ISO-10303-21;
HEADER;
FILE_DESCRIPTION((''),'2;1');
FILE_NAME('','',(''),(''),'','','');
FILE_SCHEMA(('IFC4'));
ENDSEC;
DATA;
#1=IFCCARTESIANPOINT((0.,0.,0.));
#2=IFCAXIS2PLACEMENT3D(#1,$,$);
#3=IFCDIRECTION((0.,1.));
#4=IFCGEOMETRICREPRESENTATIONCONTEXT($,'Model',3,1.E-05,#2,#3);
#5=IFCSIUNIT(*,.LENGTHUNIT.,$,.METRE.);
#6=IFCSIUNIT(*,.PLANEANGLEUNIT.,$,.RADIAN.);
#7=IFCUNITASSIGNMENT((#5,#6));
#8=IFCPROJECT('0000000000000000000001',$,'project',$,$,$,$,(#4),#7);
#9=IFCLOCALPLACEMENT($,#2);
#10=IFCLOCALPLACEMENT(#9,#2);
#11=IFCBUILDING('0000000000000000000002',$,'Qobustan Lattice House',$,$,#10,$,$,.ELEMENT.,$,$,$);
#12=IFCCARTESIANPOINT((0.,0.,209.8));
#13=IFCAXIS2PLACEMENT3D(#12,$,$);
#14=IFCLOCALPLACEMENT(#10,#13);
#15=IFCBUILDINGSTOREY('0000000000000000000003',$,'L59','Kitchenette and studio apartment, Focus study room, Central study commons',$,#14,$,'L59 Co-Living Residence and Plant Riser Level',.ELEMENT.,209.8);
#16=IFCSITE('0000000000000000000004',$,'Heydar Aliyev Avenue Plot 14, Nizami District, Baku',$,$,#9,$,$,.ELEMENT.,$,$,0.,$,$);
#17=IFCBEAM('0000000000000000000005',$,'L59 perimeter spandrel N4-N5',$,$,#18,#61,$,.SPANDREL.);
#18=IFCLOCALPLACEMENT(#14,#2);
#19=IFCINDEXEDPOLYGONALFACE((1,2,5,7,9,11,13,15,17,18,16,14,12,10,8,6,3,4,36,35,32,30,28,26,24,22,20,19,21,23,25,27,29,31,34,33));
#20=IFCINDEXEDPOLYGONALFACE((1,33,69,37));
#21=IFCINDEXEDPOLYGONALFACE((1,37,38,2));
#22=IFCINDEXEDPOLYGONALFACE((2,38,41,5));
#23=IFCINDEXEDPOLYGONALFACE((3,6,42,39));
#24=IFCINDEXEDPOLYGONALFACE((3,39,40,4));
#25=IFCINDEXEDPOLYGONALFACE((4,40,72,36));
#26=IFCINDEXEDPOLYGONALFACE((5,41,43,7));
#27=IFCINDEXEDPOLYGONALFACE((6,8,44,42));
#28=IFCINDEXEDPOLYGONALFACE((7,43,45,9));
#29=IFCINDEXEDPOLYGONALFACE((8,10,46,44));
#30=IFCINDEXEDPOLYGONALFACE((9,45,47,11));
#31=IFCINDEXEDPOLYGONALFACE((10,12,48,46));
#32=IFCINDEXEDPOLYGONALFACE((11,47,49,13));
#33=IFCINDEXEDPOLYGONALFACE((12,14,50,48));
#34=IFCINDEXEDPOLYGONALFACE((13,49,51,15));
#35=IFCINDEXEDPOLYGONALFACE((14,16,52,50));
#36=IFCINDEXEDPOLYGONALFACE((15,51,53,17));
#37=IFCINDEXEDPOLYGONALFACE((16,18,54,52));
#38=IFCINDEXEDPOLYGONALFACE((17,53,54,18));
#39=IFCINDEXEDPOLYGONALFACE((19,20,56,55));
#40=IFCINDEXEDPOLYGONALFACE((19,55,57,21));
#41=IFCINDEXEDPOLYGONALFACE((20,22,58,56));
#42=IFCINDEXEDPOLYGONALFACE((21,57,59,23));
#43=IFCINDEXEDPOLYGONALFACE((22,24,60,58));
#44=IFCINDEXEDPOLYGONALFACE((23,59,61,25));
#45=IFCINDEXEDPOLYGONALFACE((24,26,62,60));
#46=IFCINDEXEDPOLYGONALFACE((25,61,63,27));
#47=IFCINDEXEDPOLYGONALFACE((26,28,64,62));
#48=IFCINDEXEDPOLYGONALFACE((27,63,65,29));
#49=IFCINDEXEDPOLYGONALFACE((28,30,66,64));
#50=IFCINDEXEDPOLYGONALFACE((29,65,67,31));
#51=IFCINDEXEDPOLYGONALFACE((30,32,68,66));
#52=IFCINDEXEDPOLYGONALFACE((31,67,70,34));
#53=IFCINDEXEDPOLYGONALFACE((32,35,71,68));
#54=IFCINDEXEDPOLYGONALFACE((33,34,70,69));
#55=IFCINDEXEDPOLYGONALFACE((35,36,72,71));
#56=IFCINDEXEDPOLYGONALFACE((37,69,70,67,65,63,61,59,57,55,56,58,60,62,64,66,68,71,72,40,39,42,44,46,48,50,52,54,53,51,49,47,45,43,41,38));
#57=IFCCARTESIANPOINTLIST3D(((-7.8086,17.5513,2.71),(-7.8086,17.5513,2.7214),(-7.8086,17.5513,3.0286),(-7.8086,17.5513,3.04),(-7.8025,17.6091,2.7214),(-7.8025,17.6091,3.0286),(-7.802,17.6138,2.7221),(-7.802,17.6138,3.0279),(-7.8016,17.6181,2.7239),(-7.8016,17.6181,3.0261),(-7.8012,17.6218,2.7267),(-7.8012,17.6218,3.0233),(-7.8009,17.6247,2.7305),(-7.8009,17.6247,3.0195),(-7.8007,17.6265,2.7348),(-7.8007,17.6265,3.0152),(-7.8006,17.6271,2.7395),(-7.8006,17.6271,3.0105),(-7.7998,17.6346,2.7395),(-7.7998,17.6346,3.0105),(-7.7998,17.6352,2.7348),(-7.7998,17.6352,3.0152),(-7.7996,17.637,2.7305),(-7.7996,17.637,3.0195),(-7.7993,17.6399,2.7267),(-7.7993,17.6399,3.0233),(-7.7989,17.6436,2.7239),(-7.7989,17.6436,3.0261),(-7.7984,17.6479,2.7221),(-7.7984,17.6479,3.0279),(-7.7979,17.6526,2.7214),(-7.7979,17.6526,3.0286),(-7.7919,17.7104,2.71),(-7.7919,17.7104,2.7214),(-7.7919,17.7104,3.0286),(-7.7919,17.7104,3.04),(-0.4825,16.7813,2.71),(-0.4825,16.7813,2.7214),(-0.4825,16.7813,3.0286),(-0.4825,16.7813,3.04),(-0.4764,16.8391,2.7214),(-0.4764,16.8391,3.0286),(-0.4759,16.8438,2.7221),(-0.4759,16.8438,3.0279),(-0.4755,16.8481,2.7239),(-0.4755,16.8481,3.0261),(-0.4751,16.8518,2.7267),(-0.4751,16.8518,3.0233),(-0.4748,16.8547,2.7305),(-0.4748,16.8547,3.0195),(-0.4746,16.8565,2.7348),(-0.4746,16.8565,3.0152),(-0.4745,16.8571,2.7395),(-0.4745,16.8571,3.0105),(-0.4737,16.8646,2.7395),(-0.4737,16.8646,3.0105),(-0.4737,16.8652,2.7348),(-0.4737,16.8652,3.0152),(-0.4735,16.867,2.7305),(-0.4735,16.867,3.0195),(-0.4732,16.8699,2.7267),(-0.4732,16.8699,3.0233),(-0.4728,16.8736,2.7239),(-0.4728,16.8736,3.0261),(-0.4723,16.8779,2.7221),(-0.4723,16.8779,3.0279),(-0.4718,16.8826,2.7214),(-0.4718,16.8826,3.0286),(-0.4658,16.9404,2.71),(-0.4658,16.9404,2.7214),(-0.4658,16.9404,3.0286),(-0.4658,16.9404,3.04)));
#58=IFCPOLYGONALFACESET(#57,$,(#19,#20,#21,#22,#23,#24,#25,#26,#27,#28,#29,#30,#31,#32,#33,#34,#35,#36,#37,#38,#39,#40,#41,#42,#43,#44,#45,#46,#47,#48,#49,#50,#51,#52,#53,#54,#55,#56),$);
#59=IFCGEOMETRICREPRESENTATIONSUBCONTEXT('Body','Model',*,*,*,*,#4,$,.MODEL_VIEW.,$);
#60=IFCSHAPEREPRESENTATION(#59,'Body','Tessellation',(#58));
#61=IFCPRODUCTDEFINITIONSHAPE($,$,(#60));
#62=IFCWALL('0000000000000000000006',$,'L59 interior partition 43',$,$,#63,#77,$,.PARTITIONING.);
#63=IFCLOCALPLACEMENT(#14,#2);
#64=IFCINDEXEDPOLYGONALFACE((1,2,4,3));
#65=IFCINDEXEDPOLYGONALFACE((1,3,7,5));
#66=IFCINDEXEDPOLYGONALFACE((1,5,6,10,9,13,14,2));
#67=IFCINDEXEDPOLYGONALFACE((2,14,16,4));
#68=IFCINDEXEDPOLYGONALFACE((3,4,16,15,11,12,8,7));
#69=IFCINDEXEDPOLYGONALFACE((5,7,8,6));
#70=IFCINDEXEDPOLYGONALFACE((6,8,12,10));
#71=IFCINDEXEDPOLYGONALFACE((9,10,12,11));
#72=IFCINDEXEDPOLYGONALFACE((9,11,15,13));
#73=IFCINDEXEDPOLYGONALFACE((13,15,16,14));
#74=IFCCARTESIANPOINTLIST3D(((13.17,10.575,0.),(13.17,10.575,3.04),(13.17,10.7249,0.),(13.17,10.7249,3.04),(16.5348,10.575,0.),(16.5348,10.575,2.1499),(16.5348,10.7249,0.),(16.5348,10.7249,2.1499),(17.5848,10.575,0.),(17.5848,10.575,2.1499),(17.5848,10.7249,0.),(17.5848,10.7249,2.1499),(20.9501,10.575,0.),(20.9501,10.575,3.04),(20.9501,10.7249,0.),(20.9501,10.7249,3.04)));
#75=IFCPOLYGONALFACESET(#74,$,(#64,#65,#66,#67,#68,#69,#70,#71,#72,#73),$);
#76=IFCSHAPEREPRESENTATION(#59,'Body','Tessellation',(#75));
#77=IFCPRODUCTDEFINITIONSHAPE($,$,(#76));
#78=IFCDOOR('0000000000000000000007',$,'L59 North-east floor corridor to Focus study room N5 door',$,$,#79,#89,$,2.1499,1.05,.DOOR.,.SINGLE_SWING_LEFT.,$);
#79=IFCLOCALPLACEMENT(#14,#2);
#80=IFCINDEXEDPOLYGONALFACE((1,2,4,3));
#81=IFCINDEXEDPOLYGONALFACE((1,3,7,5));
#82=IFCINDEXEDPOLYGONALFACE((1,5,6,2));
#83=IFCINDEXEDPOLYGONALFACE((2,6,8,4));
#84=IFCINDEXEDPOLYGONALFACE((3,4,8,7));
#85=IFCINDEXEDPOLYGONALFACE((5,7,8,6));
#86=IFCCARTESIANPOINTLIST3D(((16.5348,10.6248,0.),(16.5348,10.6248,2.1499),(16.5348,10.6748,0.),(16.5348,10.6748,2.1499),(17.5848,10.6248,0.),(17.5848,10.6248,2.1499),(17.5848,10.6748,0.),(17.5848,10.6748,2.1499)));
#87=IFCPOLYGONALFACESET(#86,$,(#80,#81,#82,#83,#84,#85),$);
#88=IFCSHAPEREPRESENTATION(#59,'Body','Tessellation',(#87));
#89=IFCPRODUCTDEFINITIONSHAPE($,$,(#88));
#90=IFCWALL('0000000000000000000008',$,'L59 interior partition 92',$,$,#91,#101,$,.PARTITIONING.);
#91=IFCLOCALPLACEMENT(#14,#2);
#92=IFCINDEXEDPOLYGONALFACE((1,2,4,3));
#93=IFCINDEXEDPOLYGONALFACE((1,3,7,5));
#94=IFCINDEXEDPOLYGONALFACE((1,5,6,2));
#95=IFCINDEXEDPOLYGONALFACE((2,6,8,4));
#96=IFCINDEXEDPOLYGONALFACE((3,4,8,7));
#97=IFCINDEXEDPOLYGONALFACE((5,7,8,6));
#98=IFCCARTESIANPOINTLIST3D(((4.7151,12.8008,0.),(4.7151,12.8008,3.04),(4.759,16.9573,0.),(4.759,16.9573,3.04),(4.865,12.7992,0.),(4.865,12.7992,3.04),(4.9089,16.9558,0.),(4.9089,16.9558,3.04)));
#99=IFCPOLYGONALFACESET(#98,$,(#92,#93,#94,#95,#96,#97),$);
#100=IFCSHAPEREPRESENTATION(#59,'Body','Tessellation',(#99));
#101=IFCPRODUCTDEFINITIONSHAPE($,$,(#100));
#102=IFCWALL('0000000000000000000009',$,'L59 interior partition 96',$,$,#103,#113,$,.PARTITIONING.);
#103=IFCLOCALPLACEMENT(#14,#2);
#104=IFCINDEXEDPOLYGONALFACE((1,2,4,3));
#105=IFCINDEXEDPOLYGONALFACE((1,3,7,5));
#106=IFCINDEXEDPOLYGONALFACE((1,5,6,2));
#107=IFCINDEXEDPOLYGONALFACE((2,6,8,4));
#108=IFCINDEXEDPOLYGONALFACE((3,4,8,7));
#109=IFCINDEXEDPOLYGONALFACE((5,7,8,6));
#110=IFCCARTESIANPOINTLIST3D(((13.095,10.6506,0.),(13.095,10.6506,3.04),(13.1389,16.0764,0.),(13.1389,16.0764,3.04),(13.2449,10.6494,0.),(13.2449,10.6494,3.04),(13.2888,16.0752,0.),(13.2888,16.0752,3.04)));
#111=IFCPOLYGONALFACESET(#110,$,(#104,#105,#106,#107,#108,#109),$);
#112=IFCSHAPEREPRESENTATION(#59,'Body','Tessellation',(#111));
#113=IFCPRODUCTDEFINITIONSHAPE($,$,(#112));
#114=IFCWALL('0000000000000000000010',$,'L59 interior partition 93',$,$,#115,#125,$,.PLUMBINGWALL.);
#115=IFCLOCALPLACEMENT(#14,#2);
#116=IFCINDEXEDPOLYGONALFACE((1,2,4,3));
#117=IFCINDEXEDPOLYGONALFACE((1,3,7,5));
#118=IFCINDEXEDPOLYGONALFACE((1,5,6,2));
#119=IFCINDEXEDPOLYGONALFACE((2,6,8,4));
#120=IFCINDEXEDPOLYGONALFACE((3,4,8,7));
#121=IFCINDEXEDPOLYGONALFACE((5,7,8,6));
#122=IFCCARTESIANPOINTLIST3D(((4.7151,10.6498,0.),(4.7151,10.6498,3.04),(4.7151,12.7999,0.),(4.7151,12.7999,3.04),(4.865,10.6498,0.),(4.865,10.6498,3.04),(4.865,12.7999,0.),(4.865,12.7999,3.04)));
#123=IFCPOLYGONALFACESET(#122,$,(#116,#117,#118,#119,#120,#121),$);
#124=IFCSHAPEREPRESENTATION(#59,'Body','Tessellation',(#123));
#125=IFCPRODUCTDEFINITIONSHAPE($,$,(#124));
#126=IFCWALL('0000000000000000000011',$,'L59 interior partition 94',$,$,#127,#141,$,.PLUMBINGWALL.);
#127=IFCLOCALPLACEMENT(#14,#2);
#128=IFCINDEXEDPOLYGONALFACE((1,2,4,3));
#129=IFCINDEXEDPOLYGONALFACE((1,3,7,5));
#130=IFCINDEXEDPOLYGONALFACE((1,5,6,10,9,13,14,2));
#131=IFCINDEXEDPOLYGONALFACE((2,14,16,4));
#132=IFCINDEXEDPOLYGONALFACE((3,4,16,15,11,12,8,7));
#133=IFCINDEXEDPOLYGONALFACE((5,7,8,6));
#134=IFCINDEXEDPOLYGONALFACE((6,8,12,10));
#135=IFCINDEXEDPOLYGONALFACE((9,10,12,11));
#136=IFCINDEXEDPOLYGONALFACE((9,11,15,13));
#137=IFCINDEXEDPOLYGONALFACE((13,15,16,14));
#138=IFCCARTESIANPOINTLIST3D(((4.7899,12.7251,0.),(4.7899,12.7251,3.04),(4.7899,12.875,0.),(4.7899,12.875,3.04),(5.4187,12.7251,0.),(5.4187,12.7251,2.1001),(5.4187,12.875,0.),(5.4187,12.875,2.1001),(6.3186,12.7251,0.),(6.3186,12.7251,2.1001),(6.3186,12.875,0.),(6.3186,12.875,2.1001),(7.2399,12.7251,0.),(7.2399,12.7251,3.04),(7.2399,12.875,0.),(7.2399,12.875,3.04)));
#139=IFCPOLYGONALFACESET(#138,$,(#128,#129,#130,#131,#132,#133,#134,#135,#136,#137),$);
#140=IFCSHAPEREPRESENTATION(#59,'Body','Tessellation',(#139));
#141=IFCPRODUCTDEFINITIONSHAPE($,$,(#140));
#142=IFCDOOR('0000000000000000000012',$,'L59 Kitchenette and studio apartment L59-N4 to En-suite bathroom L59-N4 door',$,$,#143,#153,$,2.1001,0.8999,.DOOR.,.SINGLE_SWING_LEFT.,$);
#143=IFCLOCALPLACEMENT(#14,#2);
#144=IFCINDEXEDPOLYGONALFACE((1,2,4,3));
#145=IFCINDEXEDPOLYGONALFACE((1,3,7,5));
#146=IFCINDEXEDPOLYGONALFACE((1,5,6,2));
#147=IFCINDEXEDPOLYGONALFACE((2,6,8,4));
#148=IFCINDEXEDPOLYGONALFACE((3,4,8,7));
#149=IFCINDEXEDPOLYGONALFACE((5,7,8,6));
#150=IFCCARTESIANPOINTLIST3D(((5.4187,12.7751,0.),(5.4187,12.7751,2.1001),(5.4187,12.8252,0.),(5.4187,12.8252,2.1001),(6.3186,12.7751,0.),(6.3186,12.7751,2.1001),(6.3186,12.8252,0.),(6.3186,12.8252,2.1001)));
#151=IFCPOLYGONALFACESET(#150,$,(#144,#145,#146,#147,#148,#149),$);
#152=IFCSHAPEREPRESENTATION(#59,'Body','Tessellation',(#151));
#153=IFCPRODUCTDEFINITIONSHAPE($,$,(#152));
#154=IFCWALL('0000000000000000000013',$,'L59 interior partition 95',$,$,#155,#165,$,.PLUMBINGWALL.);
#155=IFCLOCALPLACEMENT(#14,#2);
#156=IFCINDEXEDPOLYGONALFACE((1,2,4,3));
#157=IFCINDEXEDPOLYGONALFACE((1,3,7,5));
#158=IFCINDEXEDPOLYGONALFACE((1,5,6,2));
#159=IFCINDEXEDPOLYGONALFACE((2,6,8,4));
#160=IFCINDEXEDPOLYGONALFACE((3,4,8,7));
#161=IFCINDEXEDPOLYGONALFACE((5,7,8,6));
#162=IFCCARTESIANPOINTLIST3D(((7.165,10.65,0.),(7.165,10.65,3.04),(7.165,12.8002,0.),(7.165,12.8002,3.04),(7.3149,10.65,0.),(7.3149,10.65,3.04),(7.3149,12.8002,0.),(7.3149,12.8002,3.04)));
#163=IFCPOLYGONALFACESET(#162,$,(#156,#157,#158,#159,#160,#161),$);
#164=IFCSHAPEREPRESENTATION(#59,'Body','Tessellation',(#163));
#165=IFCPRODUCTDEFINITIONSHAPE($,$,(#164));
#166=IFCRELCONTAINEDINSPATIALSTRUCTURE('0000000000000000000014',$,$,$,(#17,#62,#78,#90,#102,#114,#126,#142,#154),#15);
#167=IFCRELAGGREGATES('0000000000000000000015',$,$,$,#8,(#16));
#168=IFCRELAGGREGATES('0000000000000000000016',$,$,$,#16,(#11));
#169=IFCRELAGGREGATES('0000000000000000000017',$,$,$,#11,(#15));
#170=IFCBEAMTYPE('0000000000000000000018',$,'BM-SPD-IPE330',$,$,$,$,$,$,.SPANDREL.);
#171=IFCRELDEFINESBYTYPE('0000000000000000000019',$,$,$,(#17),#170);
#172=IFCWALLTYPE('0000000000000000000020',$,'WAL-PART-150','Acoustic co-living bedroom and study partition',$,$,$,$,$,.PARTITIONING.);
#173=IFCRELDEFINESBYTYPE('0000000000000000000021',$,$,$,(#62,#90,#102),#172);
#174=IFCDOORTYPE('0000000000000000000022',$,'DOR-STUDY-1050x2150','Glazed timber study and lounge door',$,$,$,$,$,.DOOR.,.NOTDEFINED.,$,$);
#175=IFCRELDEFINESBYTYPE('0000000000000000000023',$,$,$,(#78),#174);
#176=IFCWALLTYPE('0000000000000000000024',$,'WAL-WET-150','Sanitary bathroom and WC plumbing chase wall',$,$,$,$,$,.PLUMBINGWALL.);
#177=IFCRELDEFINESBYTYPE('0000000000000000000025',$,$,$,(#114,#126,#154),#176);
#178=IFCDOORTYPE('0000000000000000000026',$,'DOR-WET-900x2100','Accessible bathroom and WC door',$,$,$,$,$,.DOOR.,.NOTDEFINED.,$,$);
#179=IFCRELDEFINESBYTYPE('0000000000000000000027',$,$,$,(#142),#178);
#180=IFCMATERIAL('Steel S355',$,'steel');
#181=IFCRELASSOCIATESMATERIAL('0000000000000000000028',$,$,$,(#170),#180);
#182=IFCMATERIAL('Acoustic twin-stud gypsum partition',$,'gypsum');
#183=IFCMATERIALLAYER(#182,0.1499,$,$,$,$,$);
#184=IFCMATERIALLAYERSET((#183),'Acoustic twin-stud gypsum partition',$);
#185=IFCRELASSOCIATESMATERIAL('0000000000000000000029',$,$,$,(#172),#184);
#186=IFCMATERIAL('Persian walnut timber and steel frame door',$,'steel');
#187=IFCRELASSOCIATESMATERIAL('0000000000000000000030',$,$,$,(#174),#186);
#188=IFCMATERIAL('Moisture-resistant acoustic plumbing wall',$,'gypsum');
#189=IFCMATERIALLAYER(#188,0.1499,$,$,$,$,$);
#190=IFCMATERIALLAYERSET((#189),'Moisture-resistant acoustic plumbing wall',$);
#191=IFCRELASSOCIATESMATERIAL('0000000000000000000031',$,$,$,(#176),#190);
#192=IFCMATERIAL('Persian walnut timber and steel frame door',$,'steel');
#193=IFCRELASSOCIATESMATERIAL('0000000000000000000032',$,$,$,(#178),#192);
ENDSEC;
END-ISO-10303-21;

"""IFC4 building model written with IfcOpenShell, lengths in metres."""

from ifc_helpers import new_model, si_unit, direction, frame, frame_2d, origin, origin_2d, place, context, subcontext, project, spatial, rectangle, i_section, extrude, material, layer, layer_set, material_profile, profile_set, type_object, element, fill, save


model = new_model("IFC4")

# Units and contexts
model_context = context("Model", 3, precision=1e-05, world=origin(), true_north=direction((0.0, 1.0)))
body_context = subcontext(model_context, "Body", "Model", "MODEL_VIEW")
ifc_project = project(units=[si_unit("LENGTHUNIT", "METRE"), si_unit("PLANEANGLEUNIT", "RADIAN")], contexts=[model_context])

# Site, building, storey
site_placement = place(None, origin())
site = spatial("IfcSite", under=ifc_project, at=site_placement, Name="Heydar Aliyev Avenue Plot 14, Nizami District, Baku", CompositionType="ELEMENT", RefElevation=0.0)
building_placement = place(site_placement, origin())
building = spatial("IfcBuilding", under=site, at=building_placement, Name="Qobustan Lattice House", CompositionType="ELEMENT")
storey_placement = place(building_placement, frame((0.0, 0.0, 209.8)))
storey = spatial("IfcBuildingStorey", under=building, at=storey_placement, Name="L59", Description="Kitchenette and studio apartment, Focus study room, Central study commons", LongName="L59 Co-Living Residence and Plant Riser Level", CompositionType="ELEMENT", Elevation=209.8)

# Beam
ifc_material_1 = material(Name="Steel S355", Category="steel")
ifc_material_profile_1 = material_profile(ifc_material_1, i_section(OverallWidth=0.1599, OverallDepth=0.3301, WebThickness=0.0076, FlangeThickness=0.0115, FilletRadius=0.0181, at=origin_2d()), Name="IPE330")
ifc_profile_set_1 = profile_set([ifc_material_profile_1], Name="Steel S355")
beam_type_1 = type_object("IfcBeamType", Name="BM-SPD-IPE330", PredefinedType="SPANDREL", material=ifc_profile_set_1)
beam_1_placement = place(storey_placement, frame((-0.4741, 16.8608, 2.875), z_axis=(-0.994522, 0.10453, 0.0), x_axis=(-0.10453, -0.994522, 0.0)))
element("IfcBeam", 1, at=beam_1_placement, inside=storey, type_object=beam_type_1, Name="L59 perimeter spandrel N4-N5", PredefinedType="SPANDREL", context=body_context, shape_type="SweptSolid", body=[
    extrude(i_section(OverallWidth=0.1599, OverallDepth=0.3301, WebThickness=0.0076, FlangeThickness=0.0115, FilletRadius=0.0181, at=origin_2d()), origin(), (0.0, 0.0, 1.0), 7.3665),
])

# Wall, opening, door
ifc_material_2 = material(Name="Acoustic twin-stud gypsum partition", Category="gypsum")
ifc_layer_1 = layer(ifc_material_2, 0.1499)
ifc_layer_set_1 = layer_set([ifc_layer_1], Name="Acoustic twin-stud gypsum partition")
wall_type_1 = type_object("IfcWallType", Name="WAL-PART-150", Description="Acoustic co-living bedroom and study partition", PredefinedType="PARTITIONING", material=ifc_layer_set_1)
wall_1_placement = place(storey_placement, frame((13.1699, 10.6499, 0.0), z_axis=(0.0, 0.0, 1.0), x_axis=(1.0, 0.0, 0.0)))
wall_1 = element("IfcWall", 2, at=wall_1_placement, inside=storey, type_object=wall_type_1, Name="L59 interior partition 43", PredefinedType="PARTITIONING", context=body_context, shape_type="SweptSolid", body=[
    extrude(rectangle(XDim=7.78, YDim=0.1499, at=frame_2d((3.8901, 0.0))), origin(), (0.0, 0.0, 1.0), 3.04),
])
opening_1_placement = place(wall_1_placement, frame((3.365, 0.0, 0.0)))
opening_1 = element("IfcOpeningElement", 3, at=opening_1_placement, cuts=wall_1, PredefinedType="OPENING", context=body_context, shape_type="SweptSolid", body=[
    extrude(rectangle(XDim=1.05, YDim=2.1499, at=frame_2d((0.5249, 1.075))), frame((0.0, 0.085, 0.0), z_axis=(0.0, -1.0, 0.0), x_axis=(1.0, 0.0, 0.0)), (0.0, 0.0, 1.0), 0.1699),
])
ifc_material_3 = material(Name="Persian walnut timber and steel frame door", Category="steel")
door_type_1 = type_object("IfcDoorType", Name="DOR-STUDY-1050x2150", Description="Glazed timber study and lounge door", OperationType="NOTDEFINED", PredefinedType="DOOR", material=ifc_material_3)
door_1_placement = place(opening_1_placement, origin())
door_1 = element("IfcDoor", 4, at=door_1_placement, inside=storey, type_object=door_type_1, Name="L59 North-east floor corridor to Focus study room N5 door", OperationType="SINGLE_SWING_LEFT", OverallHeight=2.1499, OverallWidth=1.05, PredefinedType="DOOR", context=body_context, shape_type="SweptSolid", body=[
    extrude(rectangle(XDim=1.05, YDim=2.1499, at=frame_2d((0.5249, 1.075))), frame((0.0, 0.0249, 0.0), z_axis=(0.0, -1.0, 0.0), x_axis=(1.0, 0.0, 0.0)), (0.0, 0.0, 1.0), 0.05),
])
fill(opening_1, door_1)

# Walls
wall_2_placement = place(storey_placement, frame((4.834, 16.9565, 0.0), z_axis=(0.0, 0.0, 1.0), x_axis=(-0.010572, -0.999944, 0.0)))
element("IfcWall", 5, at=wall_2_placement, inside=storey, type_object=wall_type_1, Name="L59 interior partition 92", PredefinedType="PARTITIONING", context=body_context, shape_type="SweptSolid", body=[
    extrude(rectangle(XDim=4.1567, YDim=0.1499, at=frame_2d((2.0784, 0.0))), origin(), (0.0, 0.0, 1.0), 3.04),
])
wall_3_placement = place(storey_placement, frame((13.2139, 16.0757, 0.0), z_axis=(0.0, 0.0, 1.0), x_axis=(-0.008099, -0.999967, 0.0)))
element("IfcWall", 6, at=wall_3_placement, inside=storey, type_object=wall_type_1, Name="L59 interior partition 96", PredefinedType="PARTITIONING", context=body_context, shape_type="SweptSolid", body=[
    extrude(rectangle(XDim=5.426, YDim=0.1499, at=frame_2d((2.7129, 0.0))), origin(), (0.0, 0.0, 1.0), 3.04),
])
ifc_material_4 = material(Name="Moisture-resistant acoustic plumbing wall", Category="gypsum")
ifc_layer_2 = layer(ifc_material_4, 0.1499)
ifc_layer_set_2 = layer_set([ifc_layer_2], Name="Moisture-resistant acoustic plumbing wall")
wall_type_2 = type_object("IfcWallType", Name="WAL-WET-150", Description="Sanitary bathroom and WC plumbing chase wall", PredefinedType="PLUMBINGWALL", material=ifc_layer_set_2)
wall_4_placement = place(storey_placement, frame((4.79, 12.8, 0.0), z_axis=(0.0, 0.0, 1.0), x_axis=(0.0, -1.0, 0.0)))
element("IfcWall", 7, at=wall_4_placement, inside=storey, type_object=wall_type_2, Name="L59 interior partition 93", PredefinedType="PLUMBINGWALL", context=body_context, shape_type="SweptSolid", body=[
    extrude(rectangle(XDim=2.1501, YDim=0.1499, at=frame_2d((1.0752, 0.0))), origin(), (0.0, 0.0, 1.0), 3.04),
])

# Wall, opening, door
wall_5_placement = place(storey_placement, frame((7.24, 12.8, 0.0), z_axis=(0.0, 0.0, 1.0), x_axis=(-1.0, 0.0, 0.0)))
wall_5 = element("IfcWall", 8, at=wall_5_placement, inside=storey, type_object=wall_type_2, Name="L59 interior partition 94", PredefinedType="PLUMBINGWALL", context=body_context, shape_type="SweptSolid", body=[
    extrude(rectangle(XDim=2.45, YDim=0.1499, at=frame_2d((1.2251, 0.0))), origin(), (0.0, 0.0, 1.0), 3.04),
])
opening_2_placement = place(wall_5_placement, frame((0.9214, 0.0, 0.0)))
opening_2 = element("IfcOpeningElement", 9, at=opening_2_placement, cuts=wall_5, PredefinedType="OPENING", context=body_context, shape_type="SweptSolid", body=[
    extrude(rectangle(XDim=0.8999, YDim=2.1001, at=frame_2d((0.45, 1.05))), frame((0.0, 0.085, 0.0), z_axis=(0.0, -1.0, 0.0), x_axis=(1.0, 0.0, 0.0)), (0.0, 0.0, 1.0), 0.1699),
])
ifc_material_5 = material(Name="Persian walnut timber and steel frame door", Category="steel")
door_type_2 = type_object("IfcDoorType", Name="DOR-WET-900x2100", Description="Accessible bathroom and WC door", OperationType="NOTDEFINED", PredefinedType="DOOR", material=ifc_material_5)
door_2_placement = place(opening_2_placement, origin())
door_2 = element("IfcDoor", 10, at=door_2_placement, inside=storey, type_object=door_type_2, Name="L59 Kitchenette and studio apartment L59-N4 to En-suite bathroom L59-N4 door", OperationType="SINGLE_SWING_LEFT", OverallHeight=2.1001, OverallWidth=0.8999, PredefinedType="DOOR", context=body_context, shape_type="SweptSolid", body=[
    extrude(rectangle(XDim=0.8999, YDim=2.1001, at=frame_2d((0.45, 1.05))), frame((0.0, 0.0249, 0.0), z_axis=(0.0, -1.0, 0.0), x_axis=(1.0, 0.0, 0.0)), (0.0, 0.0, 1.0), 0.05),
])
fill(opening_2, door_2)

# Wall
wall_6_placement = place(storey_placement, frame((7.24, 10.6499, 0.0), z_axis=(0.0, 0.0, 1.0), x_axis=(0.0, 1.0, 0.0)))
element("IfcWall", 11, at=wall_6_placement, inside=storey, type_object=wall_type_2, Name="L59 interior partition 95", PredefinedType="PLUMBINGWALL", context=body_context, shape_type="SweptSolid", body=[
    extrude(rectangle(XDim=2.1501, YDim=0.1499, at=frame_2d((1.0752, 0.0))), origin(), (0.0, 0.0, 1.0), 3.04),
])

save(model, "model.ifc")
